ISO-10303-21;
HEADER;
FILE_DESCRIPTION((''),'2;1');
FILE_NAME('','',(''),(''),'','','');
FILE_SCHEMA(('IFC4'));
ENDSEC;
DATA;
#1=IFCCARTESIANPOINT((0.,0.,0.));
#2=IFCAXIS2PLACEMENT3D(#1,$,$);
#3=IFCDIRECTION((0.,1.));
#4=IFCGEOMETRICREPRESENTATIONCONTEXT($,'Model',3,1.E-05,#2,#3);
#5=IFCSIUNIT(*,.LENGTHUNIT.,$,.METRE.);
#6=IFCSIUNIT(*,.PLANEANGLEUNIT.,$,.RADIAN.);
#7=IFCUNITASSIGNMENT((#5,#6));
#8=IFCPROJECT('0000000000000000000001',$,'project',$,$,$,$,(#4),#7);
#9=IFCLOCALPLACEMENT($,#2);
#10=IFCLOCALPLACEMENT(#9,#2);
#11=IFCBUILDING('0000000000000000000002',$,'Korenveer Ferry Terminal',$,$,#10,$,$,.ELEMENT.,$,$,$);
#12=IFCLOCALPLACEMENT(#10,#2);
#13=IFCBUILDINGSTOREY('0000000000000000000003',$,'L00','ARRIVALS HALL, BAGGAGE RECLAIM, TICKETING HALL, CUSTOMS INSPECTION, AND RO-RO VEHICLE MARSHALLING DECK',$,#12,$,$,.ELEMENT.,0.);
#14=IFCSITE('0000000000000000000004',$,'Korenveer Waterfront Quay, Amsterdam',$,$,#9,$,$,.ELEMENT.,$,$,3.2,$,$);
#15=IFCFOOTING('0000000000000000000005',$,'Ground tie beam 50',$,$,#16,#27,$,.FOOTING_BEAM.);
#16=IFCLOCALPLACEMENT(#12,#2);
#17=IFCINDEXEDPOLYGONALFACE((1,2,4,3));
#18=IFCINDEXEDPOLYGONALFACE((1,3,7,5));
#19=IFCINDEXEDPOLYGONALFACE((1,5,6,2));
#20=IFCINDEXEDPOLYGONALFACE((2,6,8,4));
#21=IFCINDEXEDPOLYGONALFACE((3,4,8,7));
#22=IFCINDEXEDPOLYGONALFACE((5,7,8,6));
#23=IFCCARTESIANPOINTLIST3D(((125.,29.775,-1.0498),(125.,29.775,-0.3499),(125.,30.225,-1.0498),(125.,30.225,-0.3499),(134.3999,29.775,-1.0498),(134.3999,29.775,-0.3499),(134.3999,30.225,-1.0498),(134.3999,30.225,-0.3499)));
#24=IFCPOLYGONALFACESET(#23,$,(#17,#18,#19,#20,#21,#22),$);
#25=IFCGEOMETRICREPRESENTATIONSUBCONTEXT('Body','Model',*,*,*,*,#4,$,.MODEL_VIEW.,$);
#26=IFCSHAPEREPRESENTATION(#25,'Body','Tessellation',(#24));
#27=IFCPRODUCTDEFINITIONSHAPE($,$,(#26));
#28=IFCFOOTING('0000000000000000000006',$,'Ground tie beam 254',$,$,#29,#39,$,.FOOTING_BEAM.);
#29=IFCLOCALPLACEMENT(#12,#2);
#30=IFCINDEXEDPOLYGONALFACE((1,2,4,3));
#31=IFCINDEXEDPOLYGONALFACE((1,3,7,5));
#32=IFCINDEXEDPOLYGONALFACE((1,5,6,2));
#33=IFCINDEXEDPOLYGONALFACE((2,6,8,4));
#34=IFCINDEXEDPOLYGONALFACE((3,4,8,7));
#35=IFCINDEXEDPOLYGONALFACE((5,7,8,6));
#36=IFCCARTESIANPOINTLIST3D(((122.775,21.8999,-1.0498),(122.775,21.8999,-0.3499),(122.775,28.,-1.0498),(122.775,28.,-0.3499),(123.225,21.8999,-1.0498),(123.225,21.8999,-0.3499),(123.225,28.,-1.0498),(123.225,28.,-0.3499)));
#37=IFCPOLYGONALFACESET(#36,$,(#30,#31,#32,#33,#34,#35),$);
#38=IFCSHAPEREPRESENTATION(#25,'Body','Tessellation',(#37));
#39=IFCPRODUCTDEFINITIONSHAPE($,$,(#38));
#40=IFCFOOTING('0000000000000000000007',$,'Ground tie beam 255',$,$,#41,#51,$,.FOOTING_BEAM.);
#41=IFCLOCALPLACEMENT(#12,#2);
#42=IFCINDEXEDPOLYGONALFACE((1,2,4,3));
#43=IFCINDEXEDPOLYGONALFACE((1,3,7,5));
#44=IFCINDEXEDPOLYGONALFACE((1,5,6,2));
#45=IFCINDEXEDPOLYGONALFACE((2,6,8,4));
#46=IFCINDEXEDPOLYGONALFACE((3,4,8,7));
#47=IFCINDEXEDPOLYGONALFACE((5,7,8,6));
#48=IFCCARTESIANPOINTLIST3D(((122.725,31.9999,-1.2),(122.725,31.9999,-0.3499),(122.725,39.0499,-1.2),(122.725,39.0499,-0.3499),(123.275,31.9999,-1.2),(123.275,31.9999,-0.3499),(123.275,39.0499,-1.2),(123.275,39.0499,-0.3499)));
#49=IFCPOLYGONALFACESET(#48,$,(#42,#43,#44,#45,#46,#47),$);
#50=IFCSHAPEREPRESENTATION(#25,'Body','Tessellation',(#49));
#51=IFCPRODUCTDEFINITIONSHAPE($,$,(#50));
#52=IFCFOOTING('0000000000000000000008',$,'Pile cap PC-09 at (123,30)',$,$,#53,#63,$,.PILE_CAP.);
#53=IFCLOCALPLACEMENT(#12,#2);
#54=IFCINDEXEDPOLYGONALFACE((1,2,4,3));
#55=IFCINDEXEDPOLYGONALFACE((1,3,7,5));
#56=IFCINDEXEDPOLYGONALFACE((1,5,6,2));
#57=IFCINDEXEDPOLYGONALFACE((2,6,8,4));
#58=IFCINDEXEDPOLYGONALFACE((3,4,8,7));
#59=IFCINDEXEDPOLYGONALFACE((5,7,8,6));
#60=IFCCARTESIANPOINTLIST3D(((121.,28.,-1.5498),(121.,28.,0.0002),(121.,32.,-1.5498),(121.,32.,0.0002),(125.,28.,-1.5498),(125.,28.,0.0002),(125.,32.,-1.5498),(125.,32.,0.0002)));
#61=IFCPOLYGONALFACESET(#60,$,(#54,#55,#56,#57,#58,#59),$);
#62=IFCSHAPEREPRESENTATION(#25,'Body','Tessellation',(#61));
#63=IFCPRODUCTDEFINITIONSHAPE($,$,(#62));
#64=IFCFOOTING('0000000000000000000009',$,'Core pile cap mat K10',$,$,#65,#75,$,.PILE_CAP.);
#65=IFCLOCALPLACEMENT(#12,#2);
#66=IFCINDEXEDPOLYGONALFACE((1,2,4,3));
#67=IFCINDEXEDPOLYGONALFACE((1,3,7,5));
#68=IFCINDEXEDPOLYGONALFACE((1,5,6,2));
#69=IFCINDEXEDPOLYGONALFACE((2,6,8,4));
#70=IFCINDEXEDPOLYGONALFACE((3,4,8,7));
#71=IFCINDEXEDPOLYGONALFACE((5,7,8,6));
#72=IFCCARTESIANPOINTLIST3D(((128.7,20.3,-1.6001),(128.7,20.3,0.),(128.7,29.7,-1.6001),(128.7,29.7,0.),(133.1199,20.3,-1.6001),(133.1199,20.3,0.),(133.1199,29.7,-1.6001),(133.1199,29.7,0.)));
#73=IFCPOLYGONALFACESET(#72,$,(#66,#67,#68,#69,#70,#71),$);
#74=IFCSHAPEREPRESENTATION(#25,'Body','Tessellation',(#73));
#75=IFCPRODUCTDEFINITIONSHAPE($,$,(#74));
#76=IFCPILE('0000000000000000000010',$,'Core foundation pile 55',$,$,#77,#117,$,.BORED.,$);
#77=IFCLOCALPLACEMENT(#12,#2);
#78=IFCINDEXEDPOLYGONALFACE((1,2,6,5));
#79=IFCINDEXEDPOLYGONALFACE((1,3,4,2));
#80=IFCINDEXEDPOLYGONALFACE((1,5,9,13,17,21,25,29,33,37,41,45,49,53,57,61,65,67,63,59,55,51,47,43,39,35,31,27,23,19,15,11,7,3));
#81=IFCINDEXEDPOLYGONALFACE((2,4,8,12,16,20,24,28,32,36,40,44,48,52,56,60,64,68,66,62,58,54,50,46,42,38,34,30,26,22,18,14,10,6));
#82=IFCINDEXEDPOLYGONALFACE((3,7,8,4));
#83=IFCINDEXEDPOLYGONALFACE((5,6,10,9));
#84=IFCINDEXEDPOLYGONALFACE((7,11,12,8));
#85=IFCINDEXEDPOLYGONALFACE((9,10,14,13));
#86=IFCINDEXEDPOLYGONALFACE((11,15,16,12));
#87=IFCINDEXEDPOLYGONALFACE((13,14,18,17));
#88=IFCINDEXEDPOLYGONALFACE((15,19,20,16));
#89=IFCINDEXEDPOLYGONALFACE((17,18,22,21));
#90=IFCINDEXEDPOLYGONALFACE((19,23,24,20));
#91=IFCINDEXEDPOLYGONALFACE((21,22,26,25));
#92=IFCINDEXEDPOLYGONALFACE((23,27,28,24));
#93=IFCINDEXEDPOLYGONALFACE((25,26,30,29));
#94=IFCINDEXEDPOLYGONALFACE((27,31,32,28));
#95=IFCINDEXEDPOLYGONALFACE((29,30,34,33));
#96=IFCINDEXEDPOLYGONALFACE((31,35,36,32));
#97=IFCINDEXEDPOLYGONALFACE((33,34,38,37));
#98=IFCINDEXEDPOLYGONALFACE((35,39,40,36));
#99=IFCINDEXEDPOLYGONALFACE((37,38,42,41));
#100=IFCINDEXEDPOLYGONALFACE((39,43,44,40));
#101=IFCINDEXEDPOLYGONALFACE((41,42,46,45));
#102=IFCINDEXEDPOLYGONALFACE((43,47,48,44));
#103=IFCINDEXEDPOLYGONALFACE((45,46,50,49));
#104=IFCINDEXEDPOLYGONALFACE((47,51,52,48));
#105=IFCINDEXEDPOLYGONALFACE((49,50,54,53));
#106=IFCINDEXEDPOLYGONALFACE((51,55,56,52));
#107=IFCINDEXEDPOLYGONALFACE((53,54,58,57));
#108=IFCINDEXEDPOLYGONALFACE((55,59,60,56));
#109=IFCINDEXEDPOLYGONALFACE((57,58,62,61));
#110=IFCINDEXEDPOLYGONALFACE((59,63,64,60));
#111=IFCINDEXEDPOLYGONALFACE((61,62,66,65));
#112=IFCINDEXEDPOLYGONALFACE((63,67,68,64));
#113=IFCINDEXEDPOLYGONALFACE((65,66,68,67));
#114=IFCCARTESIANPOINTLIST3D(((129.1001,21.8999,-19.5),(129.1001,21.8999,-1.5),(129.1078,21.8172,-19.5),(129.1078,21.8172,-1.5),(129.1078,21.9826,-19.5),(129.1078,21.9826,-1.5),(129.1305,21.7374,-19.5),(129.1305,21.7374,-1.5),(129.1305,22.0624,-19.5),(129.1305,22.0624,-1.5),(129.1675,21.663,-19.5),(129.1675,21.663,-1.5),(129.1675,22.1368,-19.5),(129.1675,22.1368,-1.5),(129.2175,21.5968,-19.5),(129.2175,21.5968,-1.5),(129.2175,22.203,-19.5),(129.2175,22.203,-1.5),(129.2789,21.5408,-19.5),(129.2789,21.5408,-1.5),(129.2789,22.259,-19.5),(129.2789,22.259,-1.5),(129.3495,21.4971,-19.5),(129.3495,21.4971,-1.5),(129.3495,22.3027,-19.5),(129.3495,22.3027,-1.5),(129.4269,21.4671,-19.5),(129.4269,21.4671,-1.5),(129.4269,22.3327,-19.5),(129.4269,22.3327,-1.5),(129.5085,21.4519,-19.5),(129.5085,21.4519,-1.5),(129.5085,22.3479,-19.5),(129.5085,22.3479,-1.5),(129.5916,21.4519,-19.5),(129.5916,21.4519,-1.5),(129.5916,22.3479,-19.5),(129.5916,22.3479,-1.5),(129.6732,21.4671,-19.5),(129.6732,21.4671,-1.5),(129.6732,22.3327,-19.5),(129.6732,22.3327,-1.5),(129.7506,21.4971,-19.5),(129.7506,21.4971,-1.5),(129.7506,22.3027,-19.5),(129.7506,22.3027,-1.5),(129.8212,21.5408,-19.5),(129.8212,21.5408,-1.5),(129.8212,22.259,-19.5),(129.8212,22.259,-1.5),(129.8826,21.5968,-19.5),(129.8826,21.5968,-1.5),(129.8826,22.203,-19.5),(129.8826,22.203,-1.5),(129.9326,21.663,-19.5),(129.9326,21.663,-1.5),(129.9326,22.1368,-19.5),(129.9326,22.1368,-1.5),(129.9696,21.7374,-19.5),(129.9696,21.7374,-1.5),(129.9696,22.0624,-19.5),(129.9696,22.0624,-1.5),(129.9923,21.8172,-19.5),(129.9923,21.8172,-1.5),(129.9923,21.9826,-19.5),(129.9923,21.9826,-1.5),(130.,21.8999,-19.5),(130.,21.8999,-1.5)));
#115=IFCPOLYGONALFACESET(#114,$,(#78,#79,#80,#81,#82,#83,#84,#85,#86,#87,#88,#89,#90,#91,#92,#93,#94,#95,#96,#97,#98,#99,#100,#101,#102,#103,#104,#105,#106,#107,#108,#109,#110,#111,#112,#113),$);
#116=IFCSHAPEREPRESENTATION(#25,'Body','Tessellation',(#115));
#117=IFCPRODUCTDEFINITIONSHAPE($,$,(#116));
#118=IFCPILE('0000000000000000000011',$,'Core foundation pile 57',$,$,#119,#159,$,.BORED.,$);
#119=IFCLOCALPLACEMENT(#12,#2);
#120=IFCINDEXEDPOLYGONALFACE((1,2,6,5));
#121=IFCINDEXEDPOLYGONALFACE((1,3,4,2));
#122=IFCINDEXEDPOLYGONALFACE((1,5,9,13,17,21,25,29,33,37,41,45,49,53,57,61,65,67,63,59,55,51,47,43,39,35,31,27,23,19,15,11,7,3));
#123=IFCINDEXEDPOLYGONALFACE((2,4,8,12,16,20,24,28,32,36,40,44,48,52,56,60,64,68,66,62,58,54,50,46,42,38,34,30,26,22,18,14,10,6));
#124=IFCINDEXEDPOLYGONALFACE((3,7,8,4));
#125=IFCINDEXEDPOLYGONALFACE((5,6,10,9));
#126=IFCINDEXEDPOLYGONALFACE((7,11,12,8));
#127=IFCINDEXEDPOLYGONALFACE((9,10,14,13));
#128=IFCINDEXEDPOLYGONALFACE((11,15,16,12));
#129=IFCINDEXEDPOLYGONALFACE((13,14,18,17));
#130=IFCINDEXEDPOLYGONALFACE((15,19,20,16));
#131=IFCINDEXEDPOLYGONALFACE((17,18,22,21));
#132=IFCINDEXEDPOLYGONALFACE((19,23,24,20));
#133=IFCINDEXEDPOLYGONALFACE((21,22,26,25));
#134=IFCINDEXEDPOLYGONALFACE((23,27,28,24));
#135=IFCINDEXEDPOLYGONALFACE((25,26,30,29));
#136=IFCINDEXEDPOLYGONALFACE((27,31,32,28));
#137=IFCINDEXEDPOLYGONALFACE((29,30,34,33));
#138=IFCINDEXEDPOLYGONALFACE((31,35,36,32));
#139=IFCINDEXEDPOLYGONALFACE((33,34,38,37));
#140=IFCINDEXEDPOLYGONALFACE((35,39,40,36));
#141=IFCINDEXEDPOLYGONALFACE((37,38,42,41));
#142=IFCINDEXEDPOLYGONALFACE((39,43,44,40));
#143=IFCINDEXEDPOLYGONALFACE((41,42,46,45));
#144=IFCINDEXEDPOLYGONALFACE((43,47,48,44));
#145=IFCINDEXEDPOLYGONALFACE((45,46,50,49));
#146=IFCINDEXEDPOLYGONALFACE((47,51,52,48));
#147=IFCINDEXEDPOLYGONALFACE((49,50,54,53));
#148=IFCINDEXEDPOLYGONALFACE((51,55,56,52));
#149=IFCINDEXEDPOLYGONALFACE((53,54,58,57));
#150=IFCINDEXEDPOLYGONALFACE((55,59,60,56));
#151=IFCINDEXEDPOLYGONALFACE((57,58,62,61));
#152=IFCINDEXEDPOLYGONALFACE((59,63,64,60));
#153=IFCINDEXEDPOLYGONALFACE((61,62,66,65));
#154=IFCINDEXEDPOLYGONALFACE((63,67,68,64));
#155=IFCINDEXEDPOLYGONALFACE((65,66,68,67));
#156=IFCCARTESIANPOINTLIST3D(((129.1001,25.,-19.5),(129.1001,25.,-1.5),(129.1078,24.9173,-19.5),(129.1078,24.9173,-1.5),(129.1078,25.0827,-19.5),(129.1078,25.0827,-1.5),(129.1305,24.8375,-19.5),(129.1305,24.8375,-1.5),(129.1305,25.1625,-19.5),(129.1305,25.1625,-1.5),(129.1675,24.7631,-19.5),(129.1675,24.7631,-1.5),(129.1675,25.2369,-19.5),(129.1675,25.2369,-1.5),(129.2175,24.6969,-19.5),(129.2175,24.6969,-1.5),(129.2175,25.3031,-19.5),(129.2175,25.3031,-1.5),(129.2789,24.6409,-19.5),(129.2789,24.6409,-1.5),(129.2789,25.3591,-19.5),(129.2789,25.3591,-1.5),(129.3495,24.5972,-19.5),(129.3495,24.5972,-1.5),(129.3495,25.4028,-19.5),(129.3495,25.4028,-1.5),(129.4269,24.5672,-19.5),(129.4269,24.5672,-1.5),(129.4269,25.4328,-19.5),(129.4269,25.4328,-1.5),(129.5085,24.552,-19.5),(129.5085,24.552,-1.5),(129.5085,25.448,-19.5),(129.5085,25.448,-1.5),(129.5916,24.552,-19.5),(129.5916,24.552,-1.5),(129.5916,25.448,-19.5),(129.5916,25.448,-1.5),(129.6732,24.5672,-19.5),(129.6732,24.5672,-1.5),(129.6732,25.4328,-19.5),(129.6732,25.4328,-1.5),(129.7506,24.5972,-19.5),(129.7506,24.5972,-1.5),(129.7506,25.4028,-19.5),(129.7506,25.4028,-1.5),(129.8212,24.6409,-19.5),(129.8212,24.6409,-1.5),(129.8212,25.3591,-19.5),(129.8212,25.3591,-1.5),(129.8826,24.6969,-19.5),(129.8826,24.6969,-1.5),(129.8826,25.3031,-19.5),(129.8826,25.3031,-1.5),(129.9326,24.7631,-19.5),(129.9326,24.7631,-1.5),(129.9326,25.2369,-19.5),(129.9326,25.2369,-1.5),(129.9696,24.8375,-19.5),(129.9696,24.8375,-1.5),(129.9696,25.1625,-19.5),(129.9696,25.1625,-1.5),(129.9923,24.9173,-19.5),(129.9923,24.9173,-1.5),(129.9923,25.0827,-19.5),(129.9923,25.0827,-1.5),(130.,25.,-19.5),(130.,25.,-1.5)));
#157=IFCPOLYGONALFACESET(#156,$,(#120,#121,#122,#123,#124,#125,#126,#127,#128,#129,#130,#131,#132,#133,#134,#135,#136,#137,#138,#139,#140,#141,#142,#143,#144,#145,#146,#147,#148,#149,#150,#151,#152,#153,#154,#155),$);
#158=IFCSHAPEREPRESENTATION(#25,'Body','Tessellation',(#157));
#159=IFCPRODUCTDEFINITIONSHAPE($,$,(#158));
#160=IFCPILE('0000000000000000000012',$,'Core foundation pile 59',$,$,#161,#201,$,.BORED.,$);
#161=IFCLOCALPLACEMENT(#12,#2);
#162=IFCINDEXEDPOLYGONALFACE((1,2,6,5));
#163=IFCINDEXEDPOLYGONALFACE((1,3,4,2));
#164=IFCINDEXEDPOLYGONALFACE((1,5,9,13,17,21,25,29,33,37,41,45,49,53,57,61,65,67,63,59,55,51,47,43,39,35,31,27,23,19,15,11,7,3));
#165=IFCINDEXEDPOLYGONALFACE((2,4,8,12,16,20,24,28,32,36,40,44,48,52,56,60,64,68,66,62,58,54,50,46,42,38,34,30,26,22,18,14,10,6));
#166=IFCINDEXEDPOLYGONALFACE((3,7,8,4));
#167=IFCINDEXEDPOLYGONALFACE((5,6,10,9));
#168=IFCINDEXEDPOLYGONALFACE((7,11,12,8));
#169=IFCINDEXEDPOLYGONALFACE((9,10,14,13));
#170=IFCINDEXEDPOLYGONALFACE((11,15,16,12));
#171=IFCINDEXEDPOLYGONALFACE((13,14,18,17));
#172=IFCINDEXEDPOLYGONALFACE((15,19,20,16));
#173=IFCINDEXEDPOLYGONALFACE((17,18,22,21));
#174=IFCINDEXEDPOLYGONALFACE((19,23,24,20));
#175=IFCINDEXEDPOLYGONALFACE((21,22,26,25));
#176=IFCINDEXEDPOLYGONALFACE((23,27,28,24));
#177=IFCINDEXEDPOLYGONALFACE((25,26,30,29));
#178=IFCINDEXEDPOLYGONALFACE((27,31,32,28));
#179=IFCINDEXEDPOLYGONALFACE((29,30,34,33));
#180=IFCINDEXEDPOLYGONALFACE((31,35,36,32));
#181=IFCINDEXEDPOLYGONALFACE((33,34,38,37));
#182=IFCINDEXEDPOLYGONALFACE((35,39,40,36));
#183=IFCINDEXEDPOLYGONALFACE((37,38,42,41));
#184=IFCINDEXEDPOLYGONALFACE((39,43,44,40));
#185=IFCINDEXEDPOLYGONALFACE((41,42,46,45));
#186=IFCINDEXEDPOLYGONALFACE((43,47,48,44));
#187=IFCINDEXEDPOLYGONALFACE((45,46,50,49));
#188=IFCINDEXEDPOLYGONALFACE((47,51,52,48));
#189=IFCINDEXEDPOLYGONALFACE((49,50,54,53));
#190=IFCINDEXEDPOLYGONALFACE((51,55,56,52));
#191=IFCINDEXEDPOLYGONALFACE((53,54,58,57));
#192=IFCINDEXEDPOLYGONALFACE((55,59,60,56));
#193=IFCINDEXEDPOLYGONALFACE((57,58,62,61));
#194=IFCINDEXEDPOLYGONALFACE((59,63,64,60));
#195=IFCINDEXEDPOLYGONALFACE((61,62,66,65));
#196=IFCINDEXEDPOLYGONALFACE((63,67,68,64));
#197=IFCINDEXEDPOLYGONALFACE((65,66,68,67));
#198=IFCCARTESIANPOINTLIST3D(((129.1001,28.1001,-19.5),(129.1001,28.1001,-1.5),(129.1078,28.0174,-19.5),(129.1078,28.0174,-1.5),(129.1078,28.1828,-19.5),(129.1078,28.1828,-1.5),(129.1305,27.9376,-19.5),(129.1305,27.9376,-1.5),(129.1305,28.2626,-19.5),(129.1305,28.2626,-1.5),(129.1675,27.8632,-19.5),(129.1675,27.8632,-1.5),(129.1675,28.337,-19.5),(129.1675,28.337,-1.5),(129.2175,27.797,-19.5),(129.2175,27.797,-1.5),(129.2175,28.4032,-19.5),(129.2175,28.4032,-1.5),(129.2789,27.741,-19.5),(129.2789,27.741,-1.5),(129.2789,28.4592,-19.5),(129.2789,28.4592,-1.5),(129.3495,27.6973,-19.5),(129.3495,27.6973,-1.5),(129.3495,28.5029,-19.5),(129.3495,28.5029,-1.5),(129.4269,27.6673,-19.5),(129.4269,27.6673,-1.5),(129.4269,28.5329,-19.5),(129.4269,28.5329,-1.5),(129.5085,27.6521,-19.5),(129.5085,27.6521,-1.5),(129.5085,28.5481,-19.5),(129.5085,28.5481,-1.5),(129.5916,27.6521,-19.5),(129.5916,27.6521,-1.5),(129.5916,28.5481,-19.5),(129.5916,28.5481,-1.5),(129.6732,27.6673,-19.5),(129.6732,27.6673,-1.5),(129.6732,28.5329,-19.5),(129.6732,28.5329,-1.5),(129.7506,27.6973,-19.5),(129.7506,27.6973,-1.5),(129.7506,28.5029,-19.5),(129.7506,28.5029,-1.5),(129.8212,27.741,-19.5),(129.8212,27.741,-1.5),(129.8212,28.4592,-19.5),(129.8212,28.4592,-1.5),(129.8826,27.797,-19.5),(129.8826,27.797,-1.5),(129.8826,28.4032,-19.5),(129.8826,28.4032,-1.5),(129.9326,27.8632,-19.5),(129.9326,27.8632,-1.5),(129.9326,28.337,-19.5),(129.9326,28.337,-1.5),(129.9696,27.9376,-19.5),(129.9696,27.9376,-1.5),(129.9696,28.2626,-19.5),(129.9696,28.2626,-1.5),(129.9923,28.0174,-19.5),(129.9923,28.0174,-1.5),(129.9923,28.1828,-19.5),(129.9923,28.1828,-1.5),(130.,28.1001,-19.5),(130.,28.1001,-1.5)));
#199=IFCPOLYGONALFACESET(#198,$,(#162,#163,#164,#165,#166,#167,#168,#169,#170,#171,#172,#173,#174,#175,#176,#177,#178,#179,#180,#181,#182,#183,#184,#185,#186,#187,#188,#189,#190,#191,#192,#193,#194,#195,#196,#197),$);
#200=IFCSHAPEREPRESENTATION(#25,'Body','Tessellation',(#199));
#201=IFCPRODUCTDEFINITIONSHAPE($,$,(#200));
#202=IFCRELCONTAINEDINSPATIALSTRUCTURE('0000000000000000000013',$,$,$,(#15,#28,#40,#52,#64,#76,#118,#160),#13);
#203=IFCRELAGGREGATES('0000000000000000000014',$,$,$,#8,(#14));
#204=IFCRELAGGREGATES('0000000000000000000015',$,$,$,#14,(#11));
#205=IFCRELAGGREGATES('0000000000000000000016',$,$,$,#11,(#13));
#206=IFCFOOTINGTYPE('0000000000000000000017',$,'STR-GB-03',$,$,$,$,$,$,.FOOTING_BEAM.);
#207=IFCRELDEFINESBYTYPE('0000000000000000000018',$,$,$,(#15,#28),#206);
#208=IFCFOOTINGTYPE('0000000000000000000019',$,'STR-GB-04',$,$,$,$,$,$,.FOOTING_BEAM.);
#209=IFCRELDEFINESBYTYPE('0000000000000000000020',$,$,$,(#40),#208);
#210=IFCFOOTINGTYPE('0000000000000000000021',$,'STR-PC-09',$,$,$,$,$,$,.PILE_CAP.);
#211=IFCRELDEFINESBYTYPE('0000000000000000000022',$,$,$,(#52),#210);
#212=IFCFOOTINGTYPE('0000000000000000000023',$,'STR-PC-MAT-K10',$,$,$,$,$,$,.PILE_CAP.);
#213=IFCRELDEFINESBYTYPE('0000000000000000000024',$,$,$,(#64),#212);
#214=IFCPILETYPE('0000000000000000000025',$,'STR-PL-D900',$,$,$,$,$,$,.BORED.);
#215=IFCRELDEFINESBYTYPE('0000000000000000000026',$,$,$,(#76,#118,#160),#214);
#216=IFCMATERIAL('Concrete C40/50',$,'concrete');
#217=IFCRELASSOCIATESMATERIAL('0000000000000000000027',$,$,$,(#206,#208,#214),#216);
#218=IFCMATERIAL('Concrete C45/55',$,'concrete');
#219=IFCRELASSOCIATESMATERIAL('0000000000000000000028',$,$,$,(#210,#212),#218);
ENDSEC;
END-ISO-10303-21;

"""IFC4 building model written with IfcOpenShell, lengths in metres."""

from ifc_helpers import new_model, si_unit, direction, frame, origin, origin_2d, place, context, subcontext, project, spatial, rectangle, circle, extrude, material, material_profile, profile_set, type_object, element, save


model = new_model("IFC4")

# Units and contexts
model_context = context("Model", 3, precision=1e-05, world=origin(), true_north=direction((0.0, 1.0)))
body_context = subcontext(model_context, "Body", "Model", "MODEL_VIEW")
ifc_project = project(units=[si_unit("LENGTHUNIT", "METRE"), si_unit("PLANEANGLEUNIT", "RADIAN")], contexts=[model_context])

# Site, building, storey
site_placement = place(None, origin())
site = spatial("IfcSite", under=ifc_project, at=site_placement, Name="Korenveer Waterfront Quay, Amsterdam", CompositionType="ELEMENT", RefElevation=3.2)
building_placement = place(site_placement, origin())
building = spatial("IfcBuilding", under=site, at=building_placement, Name="Korenveer Ferry Terminal", CompositionType="ELEMENT")
storey_placement = place(building_placement, origin())
storey = spatial("IfcBuildingStorey", under=building, at=storey_placement, Name="L00", Description="ARRIVALS HALL, BAGGAGE RECLAIM, TICKETING HALL, CUSTOMS INSPECTION, AND RO-RO VEHICLE MARSHALLING DECK", CompositionType="ELEMENT", Elevation=0.0)

# Footings
ifc_material_1 = material(Name="Concrete C40/50", Category="concrete")
footing_type_1 = type_object("IfcFootingType", Name="STR-GB-03", PredefinedType="FOOTING_BEAM", material=ifc_material_1)
footing_1_placement = place(storey_placement, frame((129.7, 30.0, -1.0498), z_axis=(0.0, 0.0, 1.0), x_axis=(1.0, 0.0, 0.0)))
element("IfcFooting", 1, at=footing_1_placement, inside=storey, type_object=footing_type_1, Name="Ground tie beam 50", PredefinedType="FOOTING_BEAM", context=body_context, shape_type="SweptSolid", body=[
    extrude(rectangle(XDim=9.3999, YDim=0.45, at=origin_2d()), origin(), (0.0, 0.0, 1.0), 0.7),
])
footing_2_placement = place(storey_placement, frame((123.0, 24.95, -1.0498), z_axis=(0.0, 0.0, 1.0), x_axis=(1.0, 0.0, 0.0)))
element("IfcFooting", 2, at=footing_2_placement, inside=storey, type_object=footing_type_1, Name="Ground tie beam 254", PredefinedType="FOOTING_BEAM", context=body_context, shape_type="SweptSolid", body=[
    extrude(rectangle(XDim=0.45, YDim=6.1001, at=origin_2d()), origin(), (0.0, 0.0, 1.0), 0.7),
])
footing_type_2 = type_object("IfcFootingType", Name="STR-GB-04", PredefinedType="FOOTING_BEAM", material=ifc_material_1)
footing_3_placement = place(storey_placement, frame((123.0, 35.5249, -1.2), z_axis=(0.0, 0.0, 1.0), x_axis=(1.0, 0.0, 0.0)))
element("IfcFooting", 3, at=footing_3_placement, inside=storey, type_object=footing_type_2, Name="Ground tie beam 255", PredefinedType="FOOTING_BEAM", context=body_context, shape_type="SweptSolid", body=[
    extrude(rectangle(XDim=0.55, YDim=7.05, at=origin_2d()), origin(), (0.0, 0.0, 1.0), 0.8501),
])
ifc_material_2 = material(Name="Concrete C45/55", Category="concrete")
footing_type_3 = type_object("IfcFootingType", Name="STR-PC-09", PredefinedType="PILE_CAP", material=ifc_material_2)
footing_4_placement = place(storey_placement, frame((123.0, 30.0, -1.5498), z_axis=(0.0, 0.0, 1.0), x_axis=(1.0, 0.0, 0.0)))
element("IfcFooting", 4, at=footing_4_placement, inside=storey, type_object=footing_type_3, Name="Pile cap PC-09 at (123,30)", PredefinedType="PILE_CAP", context=body_context, shape_type="SweptSolid", body=[
    extrude(rectangle(XDim=4.0, YDim=4.0, at=origin_2d()), origin(), (0.0, 0.0, 1.0), 1.55),
])
footing_type_4 = type_object("IfcFootingType", Name="STR-PC-MAT-K10", PredefinedType="PILE_CAP", material=ifc_material_2)
footing_5_placement = place(storey_placement, frame((130.9099, 25.0, -1.6001), z_axis=(0.0, 0.0, 1.0), x_axis=(1.0, 0.0, 0.0)))
element("IfcFooting", 5, at=footing_5_placement, inside=storey, type_object=footing_type_4, Name="Core pile cap mat K10", PredefinedType="PILE_CAP", context=body_context, shape_type="SweptSolid", body=[
    extrude(rectangle(XDim=4.4199, YDim=9.3999, at=origin_2d()), origin(), (0.0, 0.0, 1.0), 1.6001),
])

# Piles
ifc_material_profile_1 = material_profile(ifc_material_1, circle(Radius=0.45, at=origin_2d()), Name="PILE D900")
ifc_profile_set_1 = profile_set([ifc_material_profile_1], Name="Concrete C40/50")
pile_type = type_object("IfcPileType", Name="STR-PL-D900", PredefinedType="BORED", material=ifc_profile_set_1)
for number, where, z_axis, x_axis, name in (
    (6, (129.55, 21.8999, -1.5), (0.0, 0.0, -1.0), (1.0, 0.0, 0.0), "Core foundation pile 55"),
    (7, (129.55, 25.0, -1.5), (0.0, 0.0, -1.0), (1.0, 0.0, 0.0), "Core foundation pile 57"),
    (8, (129.55, 28.1001, -1.5), (0.0, 0.0, -1.0), (1.0, 0.0, 0.0), "Core foundation pile 59"),
):
    element("IfcPile", number, at=place(storey_placement, frame(where, z_axis=z_axis, x_axis=x_axis)), inside=storey, type_object=pile_type, Name=name, PredefinedType="BORED", context=body_context, shape_type="SweptSolid", body=[
        extrude(circle(Radius=0.45, at=origin_2d()), origin(), (0.0, 0.0, 1.0), 18.0),
    ])

save(model, "model.ifc")
